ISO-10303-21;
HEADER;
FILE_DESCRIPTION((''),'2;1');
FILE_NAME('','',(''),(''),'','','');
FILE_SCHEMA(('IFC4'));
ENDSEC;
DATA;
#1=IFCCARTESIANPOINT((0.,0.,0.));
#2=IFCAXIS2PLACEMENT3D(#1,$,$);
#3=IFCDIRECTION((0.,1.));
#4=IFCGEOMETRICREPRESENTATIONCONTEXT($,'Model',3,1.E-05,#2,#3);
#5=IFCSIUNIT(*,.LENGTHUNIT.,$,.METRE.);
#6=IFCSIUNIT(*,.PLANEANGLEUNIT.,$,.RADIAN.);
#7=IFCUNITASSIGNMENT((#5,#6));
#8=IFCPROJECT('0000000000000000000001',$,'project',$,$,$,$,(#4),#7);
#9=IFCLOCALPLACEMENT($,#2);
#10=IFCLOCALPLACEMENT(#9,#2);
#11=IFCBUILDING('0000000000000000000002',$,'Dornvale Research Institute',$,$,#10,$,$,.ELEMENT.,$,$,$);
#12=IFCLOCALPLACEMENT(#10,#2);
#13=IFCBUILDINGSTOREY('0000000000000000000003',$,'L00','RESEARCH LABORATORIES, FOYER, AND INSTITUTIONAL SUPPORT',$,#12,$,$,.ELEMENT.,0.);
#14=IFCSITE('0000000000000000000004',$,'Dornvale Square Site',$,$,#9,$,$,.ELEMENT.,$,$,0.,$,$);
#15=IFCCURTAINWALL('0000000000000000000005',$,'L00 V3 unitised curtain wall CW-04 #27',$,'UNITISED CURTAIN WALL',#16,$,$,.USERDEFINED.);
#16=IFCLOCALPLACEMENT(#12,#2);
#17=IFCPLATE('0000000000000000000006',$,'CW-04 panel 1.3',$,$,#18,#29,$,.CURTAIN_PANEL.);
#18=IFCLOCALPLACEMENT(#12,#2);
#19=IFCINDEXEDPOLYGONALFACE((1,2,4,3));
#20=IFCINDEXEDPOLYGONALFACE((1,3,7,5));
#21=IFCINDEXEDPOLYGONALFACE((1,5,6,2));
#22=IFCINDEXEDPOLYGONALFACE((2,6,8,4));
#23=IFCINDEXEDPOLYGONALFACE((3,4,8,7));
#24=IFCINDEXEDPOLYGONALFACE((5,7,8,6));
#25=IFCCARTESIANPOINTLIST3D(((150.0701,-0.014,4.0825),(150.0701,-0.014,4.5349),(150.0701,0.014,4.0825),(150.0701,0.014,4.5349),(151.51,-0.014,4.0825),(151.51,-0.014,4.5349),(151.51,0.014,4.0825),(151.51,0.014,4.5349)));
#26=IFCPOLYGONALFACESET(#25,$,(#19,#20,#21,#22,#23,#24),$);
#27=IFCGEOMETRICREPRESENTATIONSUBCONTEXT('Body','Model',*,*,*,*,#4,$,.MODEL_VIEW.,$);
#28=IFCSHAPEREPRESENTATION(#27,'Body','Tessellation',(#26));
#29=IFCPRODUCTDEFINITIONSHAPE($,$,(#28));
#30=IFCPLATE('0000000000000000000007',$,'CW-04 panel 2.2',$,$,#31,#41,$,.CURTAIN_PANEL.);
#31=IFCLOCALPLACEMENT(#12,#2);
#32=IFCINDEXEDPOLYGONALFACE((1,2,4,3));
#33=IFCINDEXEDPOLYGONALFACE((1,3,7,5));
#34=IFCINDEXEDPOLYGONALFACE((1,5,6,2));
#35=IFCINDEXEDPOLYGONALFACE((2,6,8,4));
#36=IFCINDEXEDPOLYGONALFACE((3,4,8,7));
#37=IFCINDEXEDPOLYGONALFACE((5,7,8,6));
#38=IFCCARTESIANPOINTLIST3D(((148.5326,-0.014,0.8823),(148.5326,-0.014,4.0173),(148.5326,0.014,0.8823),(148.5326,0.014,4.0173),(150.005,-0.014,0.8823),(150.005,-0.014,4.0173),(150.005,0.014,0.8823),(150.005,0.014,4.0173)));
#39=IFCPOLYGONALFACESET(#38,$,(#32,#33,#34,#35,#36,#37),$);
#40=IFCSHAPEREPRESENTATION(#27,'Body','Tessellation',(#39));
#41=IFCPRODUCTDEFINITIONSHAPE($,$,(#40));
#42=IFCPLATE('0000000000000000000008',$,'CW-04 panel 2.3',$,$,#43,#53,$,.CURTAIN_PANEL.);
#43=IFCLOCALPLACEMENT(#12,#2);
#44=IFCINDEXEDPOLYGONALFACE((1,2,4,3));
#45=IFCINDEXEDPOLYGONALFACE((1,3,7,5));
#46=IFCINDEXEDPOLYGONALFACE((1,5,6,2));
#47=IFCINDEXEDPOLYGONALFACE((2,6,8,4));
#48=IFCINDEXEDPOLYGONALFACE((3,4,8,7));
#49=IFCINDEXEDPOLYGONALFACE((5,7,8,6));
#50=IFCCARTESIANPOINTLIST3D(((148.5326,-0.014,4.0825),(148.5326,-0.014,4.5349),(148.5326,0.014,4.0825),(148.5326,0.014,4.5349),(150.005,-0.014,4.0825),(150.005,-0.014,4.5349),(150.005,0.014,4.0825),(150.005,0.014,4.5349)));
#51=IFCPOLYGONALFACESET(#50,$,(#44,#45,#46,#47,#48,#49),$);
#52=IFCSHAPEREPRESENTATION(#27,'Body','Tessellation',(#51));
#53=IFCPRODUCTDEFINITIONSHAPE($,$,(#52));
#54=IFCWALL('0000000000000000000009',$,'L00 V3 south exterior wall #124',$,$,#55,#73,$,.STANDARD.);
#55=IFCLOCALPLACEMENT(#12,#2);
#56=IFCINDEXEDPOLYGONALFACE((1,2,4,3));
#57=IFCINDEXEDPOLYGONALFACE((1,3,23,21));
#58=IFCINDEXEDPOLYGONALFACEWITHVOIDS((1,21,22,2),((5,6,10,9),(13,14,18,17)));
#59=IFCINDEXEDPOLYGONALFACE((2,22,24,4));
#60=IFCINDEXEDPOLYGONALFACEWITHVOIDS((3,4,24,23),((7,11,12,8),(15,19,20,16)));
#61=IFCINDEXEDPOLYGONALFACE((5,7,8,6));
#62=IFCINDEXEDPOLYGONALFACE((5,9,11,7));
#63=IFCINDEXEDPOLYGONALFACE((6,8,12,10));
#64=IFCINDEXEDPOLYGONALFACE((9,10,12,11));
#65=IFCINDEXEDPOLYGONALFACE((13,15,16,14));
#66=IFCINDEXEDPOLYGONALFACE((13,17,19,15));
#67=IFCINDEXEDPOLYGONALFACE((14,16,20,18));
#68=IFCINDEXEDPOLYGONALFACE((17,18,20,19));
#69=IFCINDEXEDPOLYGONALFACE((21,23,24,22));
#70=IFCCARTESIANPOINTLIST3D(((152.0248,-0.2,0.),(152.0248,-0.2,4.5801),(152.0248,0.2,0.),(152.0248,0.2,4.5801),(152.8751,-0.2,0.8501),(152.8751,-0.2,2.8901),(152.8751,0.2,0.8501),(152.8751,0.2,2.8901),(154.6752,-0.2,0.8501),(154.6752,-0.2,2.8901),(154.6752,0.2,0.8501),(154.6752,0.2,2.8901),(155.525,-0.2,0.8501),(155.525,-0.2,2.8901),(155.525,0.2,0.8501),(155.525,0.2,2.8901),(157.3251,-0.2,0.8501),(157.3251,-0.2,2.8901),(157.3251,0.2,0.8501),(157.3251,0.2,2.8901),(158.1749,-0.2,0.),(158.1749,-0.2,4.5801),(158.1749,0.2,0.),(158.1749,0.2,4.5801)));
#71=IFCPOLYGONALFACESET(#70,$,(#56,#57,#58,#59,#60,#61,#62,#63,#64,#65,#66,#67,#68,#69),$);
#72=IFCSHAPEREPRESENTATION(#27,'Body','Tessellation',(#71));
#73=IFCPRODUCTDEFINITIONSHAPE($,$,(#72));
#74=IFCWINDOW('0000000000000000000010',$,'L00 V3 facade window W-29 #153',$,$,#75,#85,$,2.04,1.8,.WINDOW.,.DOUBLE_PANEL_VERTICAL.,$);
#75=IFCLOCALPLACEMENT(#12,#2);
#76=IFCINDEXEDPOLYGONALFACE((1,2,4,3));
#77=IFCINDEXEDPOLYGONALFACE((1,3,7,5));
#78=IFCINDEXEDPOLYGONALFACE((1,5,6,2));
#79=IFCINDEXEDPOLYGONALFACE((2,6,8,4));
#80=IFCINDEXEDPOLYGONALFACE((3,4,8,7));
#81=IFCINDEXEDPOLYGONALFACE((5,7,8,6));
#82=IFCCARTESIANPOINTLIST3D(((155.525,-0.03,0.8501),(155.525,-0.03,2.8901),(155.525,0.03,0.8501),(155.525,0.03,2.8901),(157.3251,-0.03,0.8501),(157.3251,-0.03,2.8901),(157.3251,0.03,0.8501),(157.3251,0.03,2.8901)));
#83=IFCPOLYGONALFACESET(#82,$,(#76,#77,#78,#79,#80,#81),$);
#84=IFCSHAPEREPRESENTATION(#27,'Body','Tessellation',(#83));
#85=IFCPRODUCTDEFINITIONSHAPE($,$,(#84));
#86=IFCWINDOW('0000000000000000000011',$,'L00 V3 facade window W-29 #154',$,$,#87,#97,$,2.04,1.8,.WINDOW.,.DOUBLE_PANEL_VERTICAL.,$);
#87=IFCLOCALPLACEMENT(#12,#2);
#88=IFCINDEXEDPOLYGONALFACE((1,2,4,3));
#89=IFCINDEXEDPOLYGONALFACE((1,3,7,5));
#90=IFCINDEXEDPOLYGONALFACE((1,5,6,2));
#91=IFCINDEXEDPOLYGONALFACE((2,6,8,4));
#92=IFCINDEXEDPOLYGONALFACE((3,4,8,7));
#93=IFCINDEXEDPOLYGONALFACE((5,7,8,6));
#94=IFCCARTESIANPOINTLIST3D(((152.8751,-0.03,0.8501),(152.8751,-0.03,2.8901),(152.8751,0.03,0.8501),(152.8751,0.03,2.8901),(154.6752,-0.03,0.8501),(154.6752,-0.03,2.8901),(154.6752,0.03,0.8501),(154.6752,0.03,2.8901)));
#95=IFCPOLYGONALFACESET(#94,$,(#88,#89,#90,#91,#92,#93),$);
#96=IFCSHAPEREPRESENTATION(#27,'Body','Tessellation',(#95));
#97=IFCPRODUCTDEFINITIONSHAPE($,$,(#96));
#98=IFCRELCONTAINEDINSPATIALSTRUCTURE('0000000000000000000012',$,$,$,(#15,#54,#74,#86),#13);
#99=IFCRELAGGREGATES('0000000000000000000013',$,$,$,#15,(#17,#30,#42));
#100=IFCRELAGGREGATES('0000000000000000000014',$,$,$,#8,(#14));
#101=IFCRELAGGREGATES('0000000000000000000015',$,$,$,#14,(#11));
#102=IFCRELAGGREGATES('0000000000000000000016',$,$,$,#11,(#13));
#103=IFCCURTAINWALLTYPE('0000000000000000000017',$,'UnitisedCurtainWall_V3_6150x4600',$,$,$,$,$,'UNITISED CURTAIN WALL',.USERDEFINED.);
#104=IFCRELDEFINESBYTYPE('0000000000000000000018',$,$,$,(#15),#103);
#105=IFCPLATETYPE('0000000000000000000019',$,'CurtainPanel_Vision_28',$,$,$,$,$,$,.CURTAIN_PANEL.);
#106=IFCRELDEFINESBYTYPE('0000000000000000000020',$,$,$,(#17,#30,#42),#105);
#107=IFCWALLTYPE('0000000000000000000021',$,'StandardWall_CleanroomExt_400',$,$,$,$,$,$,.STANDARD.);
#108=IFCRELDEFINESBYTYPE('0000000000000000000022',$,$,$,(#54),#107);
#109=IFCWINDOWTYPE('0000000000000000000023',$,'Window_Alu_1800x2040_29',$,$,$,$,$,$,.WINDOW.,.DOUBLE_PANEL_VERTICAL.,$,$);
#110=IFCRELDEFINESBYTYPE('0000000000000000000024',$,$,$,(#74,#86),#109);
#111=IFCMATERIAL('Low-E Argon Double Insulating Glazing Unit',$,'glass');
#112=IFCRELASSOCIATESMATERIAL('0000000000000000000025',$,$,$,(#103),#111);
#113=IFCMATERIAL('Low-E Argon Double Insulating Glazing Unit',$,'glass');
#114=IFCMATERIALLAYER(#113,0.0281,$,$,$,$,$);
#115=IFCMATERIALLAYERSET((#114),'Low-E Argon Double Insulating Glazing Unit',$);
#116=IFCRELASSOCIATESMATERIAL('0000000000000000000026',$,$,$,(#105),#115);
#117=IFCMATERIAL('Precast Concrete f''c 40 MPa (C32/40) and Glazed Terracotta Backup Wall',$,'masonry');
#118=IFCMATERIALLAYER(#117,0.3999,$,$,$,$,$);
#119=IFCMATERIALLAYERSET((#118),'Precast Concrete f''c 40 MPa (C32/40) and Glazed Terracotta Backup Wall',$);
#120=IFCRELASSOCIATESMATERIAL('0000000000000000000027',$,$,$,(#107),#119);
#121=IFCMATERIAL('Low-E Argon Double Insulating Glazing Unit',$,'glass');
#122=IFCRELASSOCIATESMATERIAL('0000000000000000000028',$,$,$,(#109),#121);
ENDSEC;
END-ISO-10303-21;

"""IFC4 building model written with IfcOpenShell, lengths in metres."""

from ifc_helpers import new_model, si_unit, direction, frame, frame_2d, origin, origin_2d, place, context, subcontext, project, spatial, rectangle, extrude, material, layer, layer_set, type_object, element, fill, aggregate, save


model = new_model("IFC4")

# Units and contexts
model_context = context("Model", 3, precision=1e-05, world=origin(), true_north=direction((0.0, 1.0)))
body_context = subcontext(model_context, "Body", "Model", "MODEL_VIEW")
ifc_project = project(units=[si_unit("LENGTHUNIT", "METRE"), si_unit("PLANEANGLEUNIT", "RADIAN")], contexts=[model_context])

# Site, building, storey
site_placement = place(None, origin())
site = spatial("IfcSite", under=ifc_project, at=site_placement, Name="Dornvale Square Site", CompositionType="ELEMENT", RefElevation=0.0)
building_placement = place(site_placement, origin())
building = spatial("IfcBuilding", under=site, at=building_placement, Name="Dornvale Research Institute", CompositionType="ELEMENT")
storey_placement = place(building_placement, origin())
storey = spatial("IfcBuildingStorey", under=building, at=storey_placement, Name="L00", Description="RESEARCH LABORATORIES, FOYER, AND INSTITUTIONAL SUPPORT", CompositionType="ELEMENT", Elevation=0.0)

# Curtain wall, plates
ifc_material_1 = material(Name="Low-E Argon Double Insulating Glazing Unit", Category="glass")
curtain_wall_type = type_object("IfcCurtainWallType", Name="UnitisedCurtainWall_V3_6150x4600", ElementType="UNITISED CURTAIN WALL", PredefinedType="USERDEFINED", material=ifc_material_1)
curtain_wall_placement = place(storey_placement, origin())
curtain_wall = element("IfcCurtainWall", 1, at=curtain_wall_placement, inside=storey, type_object=curtain_wall_type, Name="L00 V3 unitised curtain wall CW-04 #27", ObjectType="UNITISED CURTAIN WALL", PredefinedType="USERDEFINED")
ifc_material_2 = material(Name="Low-E Argon Double Insulating Glazing Unit", Category="glass")
ifc_layer_1 = layer(ifc_material_2, 0.0281)
ifc_layer_set_1 = layer_set([ifc_layer_1], Name="Low-E Argon Double Insulating Glazing Unit")
plate_type_1 = type_object("IfcPlateType", Name="CurtainPanel_Vision_28", PredefinedType="CURTAIN_PANEL", material=ifc_layer_set_1)
plate_1_placement = place(storey_placement, frame((150.79, 0.0, 4.0825), z_axis=(0.0, 0.0, 1.0), x_axis=(-1.0, 0.0, 0.0)))
plate_1 = element("IfcPlate", 2, at=plate_1_placement, type_object=plate_type_1, Name="CW-04 panel 1.3", PredefinedType="CURTAIN_PANEL", context=body_context, shape_type="SweptSolid", body=[
    extrude(rectangle(XDim=1.4399, YDim=0.0281, at=origin_2d()), origin(), (0.0, 0.0, 1.0), 0.4524),
])
plate_2_placement = place(storey_placement, frame((149.2688, 0.0, 0.8823), z_axis=(0.0, 0.0, 1.0), x_axis=(-1.0, 0.0, 0.0)))
plate_2 = element("IfcPlate", 3, at=plate_2_placement, type_object=plate_type_1, Name="CW-04 panel 2.2", PredefinedType="CURTAIN_PANEL", context=body_context, shape_type="SweptSolid", body=[
    extrude(rectangle(XDim=1.4724, YDim=0.0281, at=origin_2d()), origin(), (0.0, 0.0, 1.0), 3.135),
])
plate_3_placement = place(storey_placement, frame((149.2688, 0.0, 4.0825), z_axis=(0.0, 0.0, 1.0), x_axis=(-1.0, 0.0, 0.0)))
plate_3 = element("IfcPlate", 4, at=plate_3_placement, type_object=plate_type_1, Name="CW-04 panel 2.3", PredefinedType="CURTAIN_PANEL", context=body_context, shape_type="SweptSolid", body=[
    extrude(rectangle(XDim=1.4724, YDim=0.0281, at=origin_2d()), origin(), (0.0, 0.0, 1.0), 0.4524),
])
aggregate(curtain_wall, [plate_1, plate_2, plate_3])

# Wall, openings, windows
ifc_material_3 = material(Name="Precast Concrete f'c 40 MPa (C32/40) and Glazed Terracotta Backup Wall", Category="masonry")
ifc_layer_2 = layer(ifc_material_3, 0.3999)
ifc_layer_set_2 = layer_set([ifc_layer_2], Name="Precast Concrete f'c 40 MPa (C32/40) and Glazed Terracotta Backup Wall")
wall_type = type_object("IfcWallType", Name="StandardWall_CleanroomExt_400", PredefinedType="STANDARD", material=ifc_layer_set_2)
wall_placement = place(storey_placement, frame((158.175, 0.0, 0.0), z_axis=(0.0, 0.0, 1.0), x_axis=(-1.0, 0.0, 0.0)))
wall = element("IfcWall", 5, at=wall_placement, inside=storey, type_object=wall_type, Name="L00 V3 south exterior wall #124", PredefinedType="STANDARD", context=body_context, shape_type="SweptSolid", body=[
    extrude(rectangle(XDim=6.1501, YDim=0.3999, at=frame_2d((3.0752, 0.0))), origin(), (0.0, 0.0, 1.0), 4.5801),
])
opening_1_placement = place(wall_placement, frame((0.8501, 0.0, 0.8501)))
opening_1 = element("IfcOpeningElement", 6, at=opening_1_placement, cuts=wall, PredefinedType="OPENING", context=body_context, shape_type="SweptSolid", body=[
    extrude(rectangle(XDim=1.8, YDim=2.04, at=frame_2d((0.8999, 1.02))), frame((0.0, 0.2148, 0.0), z_axis=(0.0, -1.0, 0.0), x_axis=(1.0, 0.0, 0.0)), (0.0, 0.0, 1.0), 0.4299),
])
opening_2_placement = place(wall_placement, frame((3.5, 0.0, 0.8501)))
opening_2 = element("IfcOpeningElement", 7, at=opening_2_placement, cuts=wall, PredefinedType="OPENING", context=body_context, shape_type="SweptSolid", body=[
    extrude(rectangle(XDim=1.8, YDim=2.04, at=frame_2d((0.8999, 1.02))), frame((0.0, 0.2148, 0.0), z_axis=(0.0, -1.0, 0.0), x_axis=(1.0, 0.0, 0.0)), (0.0, 0.0, 1.0), 0.4299),
])
ifc_material_4 = material(Name="Low-E Argon Double Insulating Glazing Unit", Category="glass")
window_type = type_object("IfcWindowType", Name="Window_Alu_1800x2040_29", PartitioningType="DOUBLE_PANEL_VERTICAL", PredefinedType="WINDOW", material=ifc_material_4)
window_1_placement = place(opening_1_placement, origin())
window_1 = element("IfcWindow", 8, at=window_1_placement, inside=storey, type_object=window_type, Name="L00 V3 facade window W-29 #153", OverallHeight=2.04, OverallWidth=1.8, PartitioningType="DOUBLE_PANEL_VERTICAL", PredefinedType="WINDOW", context=body_context, shape_type="SweptSolid", body=[
    extrude(rectangle(XDim=1.8, YDim=2.04, at=frame_2d((0.8999, 1.02))), frame((0.0, 0.03, 0.0), z_axis=(0.0, -1.0, 0.0), x_axis=(1.0, 0.0, 0.0)), (0.0, 0.0, 1.0), 0.0601),
])
fill(opening_1, window_1)
window_2_placement = place(opening_2_placement, origin())
window_2 = element("IfcWindow", 9, at=window_2_placement, inside=storey, type_object=window_type, Name="L00 V3 facade window W-29 #154", OverallHeight=2.04, OverallWidth=1.8, PartitioningType="DOUBLE_PANEL_VERTICAL", PredefinedType="WINDOW", context=body_context, shape_type="SweptSolid", body=[
    extrude(rectangle(XDim=1.8, YDim=2.04, at=frame_2d((0.8999, 1.02))), frame((0.0, 0.03, 0.0), z_axis=(0.0, -1.0, 0.0), x_axis=(1.0, 0.0, 0.0)), (0.0, 0.0, 1.0), 0.0601),
])
fill(opening_2, window_2)

save(model, "model.ifc")
